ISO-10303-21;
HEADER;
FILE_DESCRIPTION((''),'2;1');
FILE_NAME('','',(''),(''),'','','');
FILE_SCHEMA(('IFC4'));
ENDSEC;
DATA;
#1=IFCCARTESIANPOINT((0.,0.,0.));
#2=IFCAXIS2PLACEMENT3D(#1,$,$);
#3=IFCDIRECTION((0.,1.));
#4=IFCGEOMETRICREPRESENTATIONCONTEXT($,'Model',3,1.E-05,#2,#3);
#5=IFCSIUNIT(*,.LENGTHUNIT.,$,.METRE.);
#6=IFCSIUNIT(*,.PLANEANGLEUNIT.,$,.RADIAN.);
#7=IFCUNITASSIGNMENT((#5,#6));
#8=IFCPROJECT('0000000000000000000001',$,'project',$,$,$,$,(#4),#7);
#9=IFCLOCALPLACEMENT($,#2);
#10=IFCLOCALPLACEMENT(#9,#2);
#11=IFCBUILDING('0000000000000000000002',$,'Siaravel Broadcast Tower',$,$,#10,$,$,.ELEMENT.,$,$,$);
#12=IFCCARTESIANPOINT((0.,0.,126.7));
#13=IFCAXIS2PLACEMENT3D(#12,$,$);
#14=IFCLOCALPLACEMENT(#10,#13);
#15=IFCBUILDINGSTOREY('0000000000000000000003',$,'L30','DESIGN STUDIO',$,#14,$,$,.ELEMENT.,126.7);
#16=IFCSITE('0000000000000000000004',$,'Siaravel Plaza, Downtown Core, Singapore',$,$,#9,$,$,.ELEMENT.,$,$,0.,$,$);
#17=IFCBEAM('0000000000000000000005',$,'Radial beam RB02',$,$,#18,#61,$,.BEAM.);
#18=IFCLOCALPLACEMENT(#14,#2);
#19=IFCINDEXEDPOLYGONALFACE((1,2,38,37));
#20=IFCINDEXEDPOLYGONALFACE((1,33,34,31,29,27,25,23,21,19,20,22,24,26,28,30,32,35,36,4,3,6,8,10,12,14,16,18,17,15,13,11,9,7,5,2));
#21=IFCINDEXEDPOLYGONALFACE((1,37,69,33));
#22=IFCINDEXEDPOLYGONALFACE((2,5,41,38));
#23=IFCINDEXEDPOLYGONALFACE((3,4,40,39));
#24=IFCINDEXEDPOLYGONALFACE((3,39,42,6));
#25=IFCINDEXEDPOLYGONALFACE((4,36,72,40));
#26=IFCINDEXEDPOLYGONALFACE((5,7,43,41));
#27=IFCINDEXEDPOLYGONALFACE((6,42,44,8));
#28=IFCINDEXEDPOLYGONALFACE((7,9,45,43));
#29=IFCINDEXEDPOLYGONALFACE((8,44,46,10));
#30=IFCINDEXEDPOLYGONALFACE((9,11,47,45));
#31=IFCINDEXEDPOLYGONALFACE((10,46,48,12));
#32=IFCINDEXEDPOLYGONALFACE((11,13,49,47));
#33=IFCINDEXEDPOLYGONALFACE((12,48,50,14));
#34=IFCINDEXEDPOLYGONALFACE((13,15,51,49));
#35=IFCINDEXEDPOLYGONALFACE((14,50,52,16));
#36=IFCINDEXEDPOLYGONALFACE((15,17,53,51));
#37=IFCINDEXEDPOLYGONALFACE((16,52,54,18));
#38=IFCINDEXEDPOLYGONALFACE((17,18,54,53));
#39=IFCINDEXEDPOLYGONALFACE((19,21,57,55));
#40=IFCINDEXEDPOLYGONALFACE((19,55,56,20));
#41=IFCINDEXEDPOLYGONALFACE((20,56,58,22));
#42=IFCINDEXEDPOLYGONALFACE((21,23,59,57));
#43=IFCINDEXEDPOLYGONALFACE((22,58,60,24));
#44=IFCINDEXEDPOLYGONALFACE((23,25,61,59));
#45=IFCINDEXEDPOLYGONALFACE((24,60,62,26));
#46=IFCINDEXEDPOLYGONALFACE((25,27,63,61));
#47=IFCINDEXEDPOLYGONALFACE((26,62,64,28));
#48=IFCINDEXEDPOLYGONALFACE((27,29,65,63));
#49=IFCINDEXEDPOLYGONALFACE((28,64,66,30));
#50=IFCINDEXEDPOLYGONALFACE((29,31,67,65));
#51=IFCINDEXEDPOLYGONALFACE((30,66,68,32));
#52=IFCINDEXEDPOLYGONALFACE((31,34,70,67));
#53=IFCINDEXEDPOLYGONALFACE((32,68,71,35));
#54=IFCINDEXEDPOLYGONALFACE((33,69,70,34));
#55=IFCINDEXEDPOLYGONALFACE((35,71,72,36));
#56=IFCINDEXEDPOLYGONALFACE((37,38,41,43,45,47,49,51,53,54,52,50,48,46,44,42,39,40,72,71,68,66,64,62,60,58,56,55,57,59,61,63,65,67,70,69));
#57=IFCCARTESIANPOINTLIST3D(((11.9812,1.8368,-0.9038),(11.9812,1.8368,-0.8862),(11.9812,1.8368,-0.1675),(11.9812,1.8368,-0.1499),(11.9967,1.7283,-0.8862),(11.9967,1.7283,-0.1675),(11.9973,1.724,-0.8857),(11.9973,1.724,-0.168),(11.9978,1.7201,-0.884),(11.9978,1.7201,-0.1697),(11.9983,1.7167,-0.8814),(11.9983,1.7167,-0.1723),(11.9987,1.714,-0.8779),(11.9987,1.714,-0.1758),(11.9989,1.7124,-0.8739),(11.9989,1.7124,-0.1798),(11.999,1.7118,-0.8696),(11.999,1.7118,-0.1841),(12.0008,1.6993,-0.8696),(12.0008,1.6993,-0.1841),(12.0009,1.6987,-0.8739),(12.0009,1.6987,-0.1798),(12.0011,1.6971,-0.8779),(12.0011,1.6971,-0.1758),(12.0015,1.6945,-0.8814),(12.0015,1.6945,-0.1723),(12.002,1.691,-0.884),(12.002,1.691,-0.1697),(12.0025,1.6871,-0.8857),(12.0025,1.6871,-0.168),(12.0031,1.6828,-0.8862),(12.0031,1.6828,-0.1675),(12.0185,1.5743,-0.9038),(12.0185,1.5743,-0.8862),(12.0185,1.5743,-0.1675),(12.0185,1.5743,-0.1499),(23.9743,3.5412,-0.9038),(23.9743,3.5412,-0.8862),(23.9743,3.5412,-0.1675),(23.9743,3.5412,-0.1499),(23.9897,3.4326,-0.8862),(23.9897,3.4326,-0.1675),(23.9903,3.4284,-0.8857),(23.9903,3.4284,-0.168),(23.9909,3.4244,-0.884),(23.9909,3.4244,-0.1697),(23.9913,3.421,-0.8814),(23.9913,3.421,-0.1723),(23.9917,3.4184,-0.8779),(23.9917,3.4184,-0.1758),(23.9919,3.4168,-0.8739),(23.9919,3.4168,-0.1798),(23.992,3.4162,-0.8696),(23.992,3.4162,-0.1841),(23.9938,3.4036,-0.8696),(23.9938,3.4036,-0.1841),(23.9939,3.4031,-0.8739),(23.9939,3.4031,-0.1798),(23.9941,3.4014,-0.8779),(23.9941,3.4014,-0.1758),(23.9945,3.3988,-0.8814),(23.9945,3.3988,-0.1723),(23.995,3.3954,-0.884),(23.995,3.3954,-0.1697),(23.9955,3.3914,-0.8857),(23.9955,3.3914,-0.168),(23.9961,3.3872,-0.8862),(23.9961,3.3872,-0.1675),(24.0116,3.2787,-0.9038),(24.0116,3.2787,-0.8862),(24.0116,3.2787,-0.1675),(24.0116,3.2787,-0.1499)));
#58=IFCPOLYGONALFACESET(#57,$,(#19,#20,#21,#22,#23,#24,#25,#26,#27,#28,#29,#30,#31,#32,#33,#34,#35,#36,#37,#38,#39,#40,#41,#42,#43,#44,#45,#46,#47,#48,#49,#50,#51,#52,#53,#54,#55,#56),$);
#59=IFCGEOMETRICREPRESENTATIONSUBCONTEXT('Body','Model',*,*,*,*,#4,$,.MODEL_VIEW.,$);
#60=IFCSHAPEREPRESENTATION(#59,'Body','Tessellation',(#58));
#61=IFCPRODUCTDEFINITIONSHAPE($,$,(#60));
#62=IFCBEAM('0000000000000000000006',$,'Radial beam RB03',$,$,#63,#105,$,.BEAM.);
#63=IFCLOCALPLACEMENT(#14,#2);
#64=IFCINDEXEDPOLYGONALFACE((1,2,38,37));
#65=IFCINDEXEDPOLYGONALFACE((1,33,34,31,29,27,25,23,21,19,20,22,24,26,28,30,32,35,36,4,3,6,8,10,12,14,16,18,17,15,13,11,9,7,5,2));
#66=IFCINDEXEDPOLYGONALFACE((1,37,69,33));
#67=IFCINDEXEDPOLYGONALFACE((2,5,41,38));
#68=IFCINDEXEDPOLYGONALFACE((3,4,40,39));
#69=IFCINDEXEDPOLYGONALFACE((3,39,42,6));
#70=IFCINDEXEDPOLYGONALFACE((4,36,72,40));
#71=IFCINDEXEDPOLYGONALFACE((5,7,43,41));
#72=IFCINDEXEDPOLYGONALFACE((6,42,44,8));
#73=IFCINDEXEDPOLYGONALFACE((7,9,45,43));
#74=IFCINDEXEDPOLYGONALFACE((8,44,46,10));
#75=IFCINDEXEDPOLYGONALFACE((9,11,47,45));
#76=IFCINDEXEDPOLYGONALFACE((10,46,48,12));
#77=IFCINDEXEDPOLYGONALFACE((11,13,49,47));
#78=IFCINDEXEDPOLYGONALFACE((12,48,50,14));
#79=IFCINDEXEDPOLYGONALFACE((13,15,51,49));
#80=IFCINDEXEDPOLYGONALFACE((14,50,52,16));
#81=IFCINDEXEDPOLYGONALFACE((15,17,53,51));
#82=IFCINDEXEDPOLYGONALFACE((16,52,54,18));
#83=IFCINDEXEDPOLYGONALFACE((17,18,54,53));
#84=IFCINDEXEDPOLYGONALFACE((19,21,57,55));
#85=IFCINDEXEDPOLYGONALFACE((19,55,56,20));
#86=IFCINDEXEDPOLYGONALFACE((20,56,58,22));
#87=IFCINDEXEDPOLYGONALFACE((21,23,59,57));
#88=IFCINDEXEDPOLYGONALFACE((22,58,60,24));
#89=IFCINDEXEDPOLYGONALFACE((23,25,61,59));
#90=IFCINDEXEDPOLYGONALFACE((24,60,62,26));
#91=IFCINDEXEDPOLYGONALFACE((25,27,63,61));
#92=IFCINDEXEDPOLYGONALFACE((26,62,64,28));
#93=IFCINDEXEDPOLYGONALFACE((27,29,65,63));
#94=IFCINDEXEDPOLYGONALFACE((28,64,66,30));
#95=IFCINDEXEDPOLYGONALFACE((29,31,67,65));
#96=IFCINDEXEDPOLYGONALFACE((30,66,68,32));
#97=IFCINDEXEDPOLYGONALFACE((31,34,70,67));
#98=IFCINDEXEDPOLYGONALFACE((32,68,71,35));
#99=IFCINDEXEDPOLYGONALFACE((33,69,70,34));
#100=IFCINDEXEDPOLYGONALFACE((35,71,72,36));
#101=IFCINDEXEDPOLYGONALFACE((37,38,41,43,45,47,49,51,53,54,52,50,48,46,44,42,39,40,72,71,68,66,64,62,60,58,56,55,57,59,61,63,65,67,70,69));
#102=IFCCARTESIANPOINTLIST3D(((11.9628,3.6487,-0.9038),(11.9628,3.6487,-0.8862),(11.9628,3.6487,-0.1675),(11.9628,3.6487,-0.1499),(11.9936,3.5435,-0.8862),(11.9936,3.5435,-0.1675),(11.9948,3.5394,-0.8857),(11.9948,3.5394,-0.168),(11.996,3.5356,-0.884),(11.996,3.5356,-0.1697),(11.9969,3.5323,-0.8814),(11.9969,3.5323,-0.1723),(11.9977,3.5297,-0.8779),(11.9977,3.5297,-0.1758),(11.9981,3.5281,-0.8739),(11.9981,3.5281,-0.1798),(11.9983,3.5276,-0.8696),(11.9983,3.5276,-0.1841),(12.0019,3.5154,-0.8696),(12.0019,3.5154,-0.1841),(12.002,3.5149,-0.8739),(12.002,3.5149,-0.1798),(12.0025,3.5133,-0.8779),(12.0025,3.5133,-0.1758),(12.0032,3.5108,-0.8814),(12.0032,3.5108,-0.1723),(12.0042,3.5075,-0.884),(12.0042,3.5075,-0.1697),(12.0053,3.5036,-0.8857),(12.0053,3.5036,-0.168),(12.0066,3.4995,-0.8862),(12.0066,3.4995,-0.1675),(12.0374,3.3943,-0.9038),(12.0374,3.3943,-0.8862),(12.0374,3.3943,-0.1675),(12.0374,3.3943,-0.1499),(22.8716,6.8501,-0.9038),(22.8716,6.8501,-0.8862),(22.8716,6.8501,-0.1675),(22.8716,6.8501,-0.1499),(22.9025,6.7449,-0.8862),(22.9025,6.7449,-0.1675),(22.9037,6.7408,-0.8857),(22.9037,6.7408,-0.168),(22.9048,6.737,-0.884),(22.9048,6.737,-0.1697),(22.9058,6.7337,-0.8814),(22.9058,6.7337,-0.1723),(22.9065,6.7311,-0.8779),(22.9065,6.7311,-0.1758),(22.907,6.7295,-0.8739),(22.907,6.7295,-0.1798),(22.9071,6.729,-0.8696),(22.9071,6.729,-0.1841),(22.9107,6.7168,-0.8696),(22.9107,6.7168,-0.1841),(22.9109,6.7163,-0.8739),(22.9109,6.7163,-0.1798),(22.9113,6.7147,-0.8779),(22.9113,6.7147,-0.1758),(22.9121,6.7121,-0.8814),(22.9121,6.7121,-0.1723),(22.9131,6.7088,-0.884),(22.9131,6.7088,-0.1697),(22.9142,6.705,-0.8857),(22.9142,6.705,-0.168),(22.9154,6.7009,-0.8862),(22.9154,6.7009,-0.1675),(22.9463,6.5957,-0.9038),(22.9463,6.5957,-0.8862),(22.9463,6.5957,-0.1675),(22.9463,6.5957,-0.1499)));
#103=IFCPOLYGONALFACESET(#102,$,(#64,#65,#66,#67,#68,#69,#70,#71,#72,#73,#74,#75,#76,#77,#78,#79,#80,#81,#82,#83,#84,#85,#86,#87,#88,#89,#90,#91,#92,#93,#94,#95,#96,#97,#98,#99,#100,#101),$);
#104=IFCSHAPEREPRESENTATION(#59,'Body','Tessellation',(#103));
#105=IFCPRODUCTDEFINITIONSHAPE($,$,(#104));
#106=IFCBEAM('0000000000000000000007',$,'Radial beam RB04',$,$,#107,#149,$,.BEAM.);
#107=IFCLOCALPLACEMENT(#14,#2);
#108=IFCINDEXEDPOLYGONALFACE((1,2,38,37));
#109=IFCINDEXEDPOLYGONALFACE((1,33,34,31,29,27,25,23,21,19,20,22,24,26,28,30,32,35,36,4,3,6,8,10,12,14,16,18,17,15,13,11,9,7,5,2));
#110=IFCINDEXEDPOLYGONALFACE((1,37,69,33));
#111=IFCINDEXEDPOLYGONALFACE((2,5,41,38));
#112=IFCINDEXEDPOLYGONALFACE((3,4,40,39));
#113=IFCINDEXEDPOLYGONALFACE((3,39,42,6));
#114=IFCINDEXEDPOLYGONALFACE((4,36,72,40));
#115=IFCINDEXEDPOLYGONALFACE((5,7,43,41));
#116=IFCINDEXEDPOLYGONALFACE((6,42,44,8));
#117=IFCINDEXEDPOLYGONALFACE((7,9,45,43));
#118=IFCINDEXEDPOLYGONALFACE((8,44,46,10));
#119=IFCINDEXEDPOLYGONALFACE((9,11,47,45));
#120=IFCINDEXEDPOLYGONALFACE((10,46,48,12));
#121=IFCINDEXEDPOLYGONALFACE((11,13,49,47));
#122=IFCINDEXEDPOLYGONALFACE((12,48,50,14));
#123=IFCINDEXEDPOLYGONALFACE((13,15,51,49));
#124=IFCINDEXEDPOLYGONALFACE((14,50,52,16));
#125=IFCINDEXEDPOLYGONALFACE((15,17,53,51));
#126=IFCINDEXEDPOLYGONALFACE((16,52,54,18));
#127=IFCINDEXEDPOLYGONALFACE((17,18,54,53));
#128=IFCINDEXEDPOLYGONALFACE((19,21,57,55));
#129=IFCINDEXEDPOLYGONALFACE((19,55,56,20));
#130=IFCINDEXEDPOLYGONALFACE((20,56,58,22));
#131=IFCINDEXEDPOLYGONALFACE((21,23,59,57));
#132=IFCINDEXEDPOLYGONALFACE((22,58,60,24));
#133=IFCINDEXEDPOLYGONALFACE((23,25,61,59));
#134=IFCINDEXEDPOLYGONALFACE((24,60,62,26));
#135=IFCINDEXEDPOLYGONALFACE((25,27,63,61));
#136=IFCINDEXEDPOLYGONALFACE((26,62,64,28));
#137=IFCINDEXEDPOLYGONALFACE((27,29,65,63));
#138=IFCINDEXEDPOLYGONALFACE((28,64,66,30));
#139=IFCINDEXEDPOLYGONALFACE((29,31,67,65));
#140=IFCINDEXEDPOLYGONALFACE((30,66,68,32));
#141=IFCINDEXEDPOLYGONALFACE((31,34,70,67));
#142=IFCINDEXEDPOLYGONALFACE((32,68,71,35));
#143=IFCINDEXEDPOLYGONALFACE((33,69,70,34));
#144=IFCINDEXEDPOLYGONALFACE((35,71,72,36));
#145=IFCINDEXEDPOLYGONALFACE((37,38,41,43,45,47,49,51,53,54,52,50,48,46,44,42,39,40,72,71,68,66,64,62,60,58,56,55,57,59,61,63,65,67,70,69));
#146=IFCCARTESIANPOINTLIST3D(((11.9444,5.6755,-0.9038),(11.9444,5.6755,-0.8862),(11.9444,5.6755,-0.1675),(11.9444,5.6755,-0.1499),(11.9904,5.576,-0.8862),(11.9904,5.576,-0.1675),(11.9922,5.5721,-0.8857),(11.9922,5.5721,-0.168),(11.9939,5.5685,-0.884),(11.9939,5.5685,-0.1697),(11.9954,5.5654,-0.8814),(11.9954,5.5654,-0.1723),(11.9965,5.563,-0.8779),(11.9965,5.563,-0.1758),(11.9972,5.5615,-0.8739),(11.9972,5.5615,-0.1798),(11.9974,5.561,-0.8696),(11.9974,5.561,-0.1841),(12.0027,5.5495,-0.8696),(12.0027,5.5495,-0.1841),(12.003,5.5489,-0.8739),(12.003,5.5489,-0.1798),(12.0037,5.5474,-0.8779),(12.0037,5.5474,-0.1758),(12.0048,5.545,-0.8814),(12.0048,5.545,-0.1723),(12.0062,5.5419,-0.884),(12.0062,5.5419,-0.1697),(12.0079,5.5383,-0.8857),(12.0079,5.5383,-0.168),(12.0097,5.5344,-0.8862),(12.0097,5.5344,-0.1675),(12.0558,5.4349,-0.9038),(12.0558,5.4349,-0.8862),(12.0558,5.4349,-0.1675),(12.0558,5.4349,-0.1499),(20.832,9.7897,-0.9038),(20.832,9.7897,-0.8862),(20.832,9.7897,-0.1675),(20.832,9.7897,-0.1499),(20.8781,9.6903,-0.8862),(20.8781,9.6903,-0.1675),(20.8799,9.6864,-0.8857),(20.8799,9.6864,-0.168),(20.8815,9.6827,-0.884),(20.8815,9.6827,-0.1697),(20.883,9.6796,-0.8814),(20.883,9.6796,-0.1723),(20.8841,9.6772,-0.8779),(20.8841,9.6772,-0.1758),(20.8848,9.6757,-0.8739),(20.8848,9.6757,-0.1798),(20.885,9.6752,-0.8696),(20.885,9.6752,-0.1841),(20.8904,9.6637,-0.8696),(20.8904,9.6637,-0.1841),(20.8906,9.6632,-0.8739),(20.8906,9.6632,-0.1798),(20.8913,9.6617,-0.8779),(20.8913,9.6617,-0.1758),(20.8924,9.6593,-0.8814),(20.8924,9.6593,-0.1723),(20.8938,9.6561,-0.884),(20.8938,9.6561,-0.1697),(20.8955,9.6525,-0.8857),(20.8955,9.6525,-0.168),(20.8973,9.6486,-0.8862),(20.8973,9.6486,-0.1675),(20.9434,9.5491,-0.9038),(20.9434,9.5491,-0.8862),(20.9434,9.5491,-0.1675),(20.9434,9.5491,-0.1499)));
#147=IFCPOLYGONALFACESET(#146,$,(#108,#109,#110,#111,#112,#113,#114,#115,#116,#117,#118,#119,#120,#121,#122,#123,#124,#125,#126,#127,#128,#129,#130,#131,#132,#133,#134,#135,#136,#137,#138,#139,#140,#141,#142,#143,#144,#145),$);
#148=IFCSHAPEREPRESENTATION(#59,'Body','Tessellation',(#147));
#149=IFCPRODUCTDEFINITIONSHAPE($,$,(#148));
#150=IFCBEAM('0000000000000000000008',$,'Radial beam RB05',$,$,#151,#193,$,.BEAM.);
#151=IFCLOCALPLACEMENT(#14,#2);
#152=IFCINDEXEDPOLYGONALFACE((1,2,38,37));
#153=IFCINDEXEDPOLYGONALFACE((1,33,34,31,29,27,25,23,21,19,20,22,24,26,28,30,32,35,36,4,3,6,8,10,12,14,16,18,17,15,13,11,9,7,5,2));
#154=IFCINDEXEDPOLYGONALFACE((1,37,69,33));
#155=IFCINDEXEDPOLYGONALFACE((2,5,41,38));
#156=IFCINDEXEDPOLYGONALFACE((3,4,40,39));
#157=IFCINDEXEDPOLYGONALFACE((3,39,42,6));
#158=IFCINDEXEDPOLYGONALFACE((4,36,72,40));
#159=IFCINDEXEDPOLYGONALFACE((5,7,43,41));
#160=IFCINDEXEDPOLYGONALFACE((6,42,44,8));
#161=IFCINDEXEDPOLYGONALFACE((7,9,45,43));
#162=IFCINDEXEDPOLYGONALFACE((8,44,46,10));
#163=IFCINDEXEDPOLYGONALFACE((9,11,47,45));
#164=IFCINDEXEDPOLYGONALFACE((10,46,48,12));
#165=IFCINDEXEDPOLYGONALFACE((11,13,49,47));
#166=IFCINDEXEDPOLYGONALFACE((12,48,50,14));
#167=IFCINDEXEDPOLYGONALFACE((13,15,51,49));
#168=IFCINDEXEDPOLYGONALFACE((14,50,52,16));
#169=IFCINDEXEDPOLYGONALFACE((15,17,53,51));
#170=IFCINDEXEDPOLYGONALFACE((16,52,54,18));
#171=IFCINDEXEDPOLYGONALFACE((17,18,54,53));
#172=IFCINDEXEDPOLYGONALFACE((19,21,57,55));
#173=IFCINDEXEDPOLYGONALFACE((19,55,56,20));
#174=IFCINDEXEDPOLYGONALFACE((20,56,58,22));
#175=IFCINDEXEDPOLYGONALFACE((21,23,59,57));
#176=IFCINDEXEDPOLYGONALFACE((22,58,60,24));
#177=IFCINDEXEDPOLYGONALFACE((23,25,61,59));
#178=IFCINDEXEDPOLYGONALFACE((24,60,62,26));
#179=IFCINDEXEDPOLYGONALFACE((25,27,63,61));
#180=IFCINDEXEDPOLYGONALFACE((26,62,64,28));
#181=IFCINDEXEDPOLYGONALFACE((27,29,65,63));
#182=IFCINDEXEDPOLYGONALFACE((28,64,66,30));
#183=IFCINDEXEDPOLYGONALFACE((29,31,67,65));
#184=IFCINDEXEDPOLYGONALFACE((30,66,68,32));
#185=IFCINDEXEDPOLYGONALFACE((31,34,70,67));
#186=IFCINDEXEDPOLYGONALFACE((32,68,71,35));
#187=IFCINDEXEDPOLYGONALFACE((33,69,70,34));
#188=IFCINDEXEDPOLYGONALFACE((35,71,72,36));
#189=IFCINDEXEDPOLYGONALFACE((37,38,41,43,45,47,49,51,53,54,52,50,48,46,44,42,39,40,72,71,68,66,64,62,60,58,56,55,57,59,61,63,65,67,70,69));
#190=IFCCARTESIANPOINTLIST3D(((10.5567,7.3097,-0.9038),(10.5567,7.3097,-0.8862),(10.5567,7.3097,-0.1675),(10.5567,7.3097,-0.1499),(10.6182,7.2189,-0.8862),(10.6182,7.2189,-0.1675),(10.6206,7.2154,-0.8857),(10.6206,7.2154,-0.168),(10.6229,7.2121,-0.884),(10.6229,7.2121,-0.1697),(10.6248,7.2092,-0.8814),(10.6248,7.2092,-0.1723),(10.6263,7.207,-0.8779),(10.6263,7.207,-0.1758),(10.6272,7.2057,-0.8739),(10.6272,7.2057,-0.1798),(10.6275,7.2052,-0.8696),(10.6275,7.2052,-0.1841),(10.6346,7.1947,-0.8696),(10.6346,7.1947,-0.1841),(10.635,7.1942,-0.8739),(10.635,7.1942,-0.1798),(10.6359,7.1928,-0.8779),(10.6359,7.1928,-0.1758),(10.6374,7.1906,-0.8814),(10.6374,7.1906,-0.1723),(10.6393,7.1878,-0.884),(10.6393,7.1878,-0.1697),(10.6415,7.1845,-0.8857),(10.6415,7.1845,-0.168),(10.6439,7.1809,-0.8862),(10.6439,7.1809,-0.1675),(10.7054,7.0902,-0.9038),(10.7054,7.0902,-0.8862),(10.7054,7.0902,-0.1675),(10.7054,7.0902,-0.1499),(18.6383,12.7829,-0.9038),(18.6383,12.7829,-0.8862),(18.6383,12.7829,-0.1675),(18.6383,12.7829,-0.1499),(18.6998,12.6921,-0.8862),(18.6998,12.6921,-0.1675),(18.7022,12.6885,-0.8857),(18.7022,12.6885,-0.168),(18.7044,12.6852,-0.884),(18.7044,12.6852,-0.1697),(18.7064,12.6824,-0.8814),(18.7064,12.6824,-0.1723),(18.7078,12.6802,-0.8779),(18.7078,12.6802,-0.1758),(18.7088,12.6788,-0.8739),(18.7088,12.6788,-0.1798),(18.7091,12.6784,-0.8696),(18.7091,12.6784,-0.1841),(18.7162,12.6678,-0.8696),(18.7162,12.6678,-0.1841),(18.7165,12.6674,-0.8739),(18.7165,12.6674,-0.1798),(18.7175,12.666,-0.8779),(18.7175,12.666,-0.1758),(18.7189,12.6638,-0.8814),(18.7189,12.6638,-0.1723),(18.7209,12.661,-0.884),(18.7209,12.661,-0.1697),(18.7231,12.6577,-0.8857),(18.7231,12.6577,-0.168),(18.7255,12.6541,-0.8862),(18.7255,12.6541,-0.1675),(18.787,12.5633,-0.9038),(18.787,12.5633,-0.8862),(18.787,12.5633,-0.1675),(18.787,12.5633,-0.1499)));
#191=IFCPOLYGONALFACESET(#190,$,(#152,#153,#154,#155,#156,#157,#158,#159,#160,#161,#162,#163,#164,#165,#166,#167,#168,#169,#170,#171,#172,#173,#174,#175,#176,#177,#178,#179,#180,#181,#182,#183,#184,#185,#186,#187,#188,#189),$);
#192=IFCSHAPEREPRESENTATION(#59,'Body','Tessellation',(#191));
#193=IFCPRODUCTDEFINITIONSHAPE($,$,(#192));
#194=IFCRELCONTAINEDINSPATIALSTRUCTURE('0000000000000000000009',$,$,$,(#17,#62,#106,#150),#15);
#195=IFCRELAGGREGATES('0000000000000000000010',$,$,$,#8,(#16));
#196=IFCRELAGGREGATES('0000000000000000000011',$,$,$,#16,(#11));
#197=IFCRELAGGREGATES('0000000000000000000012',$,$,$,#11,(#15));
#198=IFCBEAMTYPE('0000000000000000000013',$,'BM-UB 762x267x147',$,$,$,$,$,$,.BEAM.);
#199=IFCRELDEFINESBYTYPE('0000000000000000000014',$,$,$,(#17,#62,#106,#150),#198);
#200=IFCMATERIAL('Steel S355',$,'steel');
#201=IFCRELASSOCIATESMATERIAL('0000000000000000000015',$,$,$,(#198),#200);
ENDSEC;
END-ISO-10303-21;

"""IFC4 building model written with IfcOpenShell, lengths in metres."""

from ifc_helpers import new_model, si_unit, direction, frame, origin, origin_2d, place, context, subcontext, project, spatial, i_section, extrude, material, material_profile, profile_set, type_object, element, save


model = new_model("IFC4")

# Units and contexts
model_context = context("Model", 3, precision=1e-05, world=origin(), true_north=direction((0.0, 1.0)))
body_context = subcontext(model_context, "Body", "Model", "MODEL_VIEW")
ifc_project = project(units=[si_unit("LENGTHUNIT", "METRE"), si_unit("PLANEANGLEUNIT", "RADIAN")], contexts=[model_context])

# Site, building, storey
site_placement = place(None, origin())
site = spatial("IfcSite", under=ifc_project, at=site_placement, Name="Siaravel Plaza, Downtown Core, Singapore", CompositionType="ELEMENT", RefElevation=0.0)
building_placement = place(site_placement, origin())
building = spatial("IfcBuilding", under=site, at=building_placement, Name="Siaravel Broadcast Tower", CompositionType="ELEMENT")
storey_placement = place(building_placement, frame((0.0, 0.0, 126.7)))
storey = spatial("IfcBuildingStorey", under=building, at=storey_placement, Name="L30", Description="DESIGN STUDIO", CompositionType="ELEMENT", Elevation=126.7)

# Beams
ifc_material_1 = material(Name="Steel S355", Category="steel")
ifc_material_profile_1 = material_profile(ifc_material_1, i_section(OverallWidth=0.2651, OverallDepth=0.7539, WebThickness=0.0127, FlangeThickness=0.0176, FilletRadius=0.0166, at=origin_2d()))
ifc_profile_set_1 = profile_set([ifc_material_profile_1], Name="Steel S355")
beam_type = type_object("IfcBeamType", Name="BM-UB 762x267x147", PredefinedType="BEAM", material=ifc_profile_set_1)
beam_1_placement = place(storey_placement, frame((23.9929, 3.4099, -0.5269), z_axis=(-0.990052, -0.140699, 0.0), x_axis=(0.140699, -0.990052, 0.0)))
element("IfcBeam", 1, at=beam_1_placement, inside=storey, type_object=beam_type, Name="Radial beam RB02", PredefinedType="BEAM", context=body_context, shape_type="SweptSolid", body=[
    extrude(i_section(OverallWidth=0.2651, OverallDepth=0.7539, WebThickness=0.0127, FlangeThickness=0.0176, FilletRadius=0.0166, at=origin_2d()), origin(), (0.0, 0.0, 1.0), 12.1135),
])
beam_2_placement = place(storey_placement, frame((22.9089, 6.7229, -0.5269), z_axis=(-0.959534, -0.281592, 0.0), x_axis=(0.281592, -0.959534, 0.0)))
element("IfcBeam", 2, at=beam_2_placement, inside=storey, type_object=beam_type, Name="Radial beam RB03", PredefinedType="BEAM", context=body_context, shape_type="SweptSolid", body=[
    extrude(i_section(OverallWidth=0.2651, OverallDepth=0.7539, WebThickness=0.0127, FlangeThickness=0.0176, FilletRadius=0.0166, at=origin_2d()), origin(), (0.0, 0.0, 1.0), 11.3689),
])
beam_3_placement = place(storey_placement, frame((20.8877, 9.6694, -0.5269), z_axis=(-0.907483, -0.420089, 0.0), x_axis=(0.420089, -0.907483, 0.0)))
element("IfcBeam", 3, at=beam_3_placement, inside=storey, type_object=beam_type, Name="Radial beam RB04", PredefinedType="BEAM", context=body_context, shape_type="SweptSolid", body=[
    extrude(i_section(OverallWidth=0.2651, OverallDepth=0.7539, WebThickness=0.0127, FlangeThickness=0.0176, FilletRadius=0.0166, at=origin_2d()), origin(), (0.0, 0.0, 1.0), 9.7937),
])
beam_4_placement = place(storey_placement, frame((18.7126, 12.6731, -0.5269), z_axis=(-0.827988, -0.560746, 0.0), x_axis=(0.560746, -0.827988, 0.0)))
element("IfcBeam", 4, at=beam_4_placement, inside=storey, type_object=beam_type, Name="Radial beam RB05", PredefinedType="BEAM", context=body_context, shape_type="SweptSolid", body=[
    extrude(i_section(OverallWidth=0.2651, OverallDepth=0.7539, WebThickness=0.0127, FlangeThickness=0.0176, FilletRadius=0.0166, at=origin_2d()), origin(), (0.0, 0.0, 1.0), 9.7605),
])

save(model, "model.ifc")
